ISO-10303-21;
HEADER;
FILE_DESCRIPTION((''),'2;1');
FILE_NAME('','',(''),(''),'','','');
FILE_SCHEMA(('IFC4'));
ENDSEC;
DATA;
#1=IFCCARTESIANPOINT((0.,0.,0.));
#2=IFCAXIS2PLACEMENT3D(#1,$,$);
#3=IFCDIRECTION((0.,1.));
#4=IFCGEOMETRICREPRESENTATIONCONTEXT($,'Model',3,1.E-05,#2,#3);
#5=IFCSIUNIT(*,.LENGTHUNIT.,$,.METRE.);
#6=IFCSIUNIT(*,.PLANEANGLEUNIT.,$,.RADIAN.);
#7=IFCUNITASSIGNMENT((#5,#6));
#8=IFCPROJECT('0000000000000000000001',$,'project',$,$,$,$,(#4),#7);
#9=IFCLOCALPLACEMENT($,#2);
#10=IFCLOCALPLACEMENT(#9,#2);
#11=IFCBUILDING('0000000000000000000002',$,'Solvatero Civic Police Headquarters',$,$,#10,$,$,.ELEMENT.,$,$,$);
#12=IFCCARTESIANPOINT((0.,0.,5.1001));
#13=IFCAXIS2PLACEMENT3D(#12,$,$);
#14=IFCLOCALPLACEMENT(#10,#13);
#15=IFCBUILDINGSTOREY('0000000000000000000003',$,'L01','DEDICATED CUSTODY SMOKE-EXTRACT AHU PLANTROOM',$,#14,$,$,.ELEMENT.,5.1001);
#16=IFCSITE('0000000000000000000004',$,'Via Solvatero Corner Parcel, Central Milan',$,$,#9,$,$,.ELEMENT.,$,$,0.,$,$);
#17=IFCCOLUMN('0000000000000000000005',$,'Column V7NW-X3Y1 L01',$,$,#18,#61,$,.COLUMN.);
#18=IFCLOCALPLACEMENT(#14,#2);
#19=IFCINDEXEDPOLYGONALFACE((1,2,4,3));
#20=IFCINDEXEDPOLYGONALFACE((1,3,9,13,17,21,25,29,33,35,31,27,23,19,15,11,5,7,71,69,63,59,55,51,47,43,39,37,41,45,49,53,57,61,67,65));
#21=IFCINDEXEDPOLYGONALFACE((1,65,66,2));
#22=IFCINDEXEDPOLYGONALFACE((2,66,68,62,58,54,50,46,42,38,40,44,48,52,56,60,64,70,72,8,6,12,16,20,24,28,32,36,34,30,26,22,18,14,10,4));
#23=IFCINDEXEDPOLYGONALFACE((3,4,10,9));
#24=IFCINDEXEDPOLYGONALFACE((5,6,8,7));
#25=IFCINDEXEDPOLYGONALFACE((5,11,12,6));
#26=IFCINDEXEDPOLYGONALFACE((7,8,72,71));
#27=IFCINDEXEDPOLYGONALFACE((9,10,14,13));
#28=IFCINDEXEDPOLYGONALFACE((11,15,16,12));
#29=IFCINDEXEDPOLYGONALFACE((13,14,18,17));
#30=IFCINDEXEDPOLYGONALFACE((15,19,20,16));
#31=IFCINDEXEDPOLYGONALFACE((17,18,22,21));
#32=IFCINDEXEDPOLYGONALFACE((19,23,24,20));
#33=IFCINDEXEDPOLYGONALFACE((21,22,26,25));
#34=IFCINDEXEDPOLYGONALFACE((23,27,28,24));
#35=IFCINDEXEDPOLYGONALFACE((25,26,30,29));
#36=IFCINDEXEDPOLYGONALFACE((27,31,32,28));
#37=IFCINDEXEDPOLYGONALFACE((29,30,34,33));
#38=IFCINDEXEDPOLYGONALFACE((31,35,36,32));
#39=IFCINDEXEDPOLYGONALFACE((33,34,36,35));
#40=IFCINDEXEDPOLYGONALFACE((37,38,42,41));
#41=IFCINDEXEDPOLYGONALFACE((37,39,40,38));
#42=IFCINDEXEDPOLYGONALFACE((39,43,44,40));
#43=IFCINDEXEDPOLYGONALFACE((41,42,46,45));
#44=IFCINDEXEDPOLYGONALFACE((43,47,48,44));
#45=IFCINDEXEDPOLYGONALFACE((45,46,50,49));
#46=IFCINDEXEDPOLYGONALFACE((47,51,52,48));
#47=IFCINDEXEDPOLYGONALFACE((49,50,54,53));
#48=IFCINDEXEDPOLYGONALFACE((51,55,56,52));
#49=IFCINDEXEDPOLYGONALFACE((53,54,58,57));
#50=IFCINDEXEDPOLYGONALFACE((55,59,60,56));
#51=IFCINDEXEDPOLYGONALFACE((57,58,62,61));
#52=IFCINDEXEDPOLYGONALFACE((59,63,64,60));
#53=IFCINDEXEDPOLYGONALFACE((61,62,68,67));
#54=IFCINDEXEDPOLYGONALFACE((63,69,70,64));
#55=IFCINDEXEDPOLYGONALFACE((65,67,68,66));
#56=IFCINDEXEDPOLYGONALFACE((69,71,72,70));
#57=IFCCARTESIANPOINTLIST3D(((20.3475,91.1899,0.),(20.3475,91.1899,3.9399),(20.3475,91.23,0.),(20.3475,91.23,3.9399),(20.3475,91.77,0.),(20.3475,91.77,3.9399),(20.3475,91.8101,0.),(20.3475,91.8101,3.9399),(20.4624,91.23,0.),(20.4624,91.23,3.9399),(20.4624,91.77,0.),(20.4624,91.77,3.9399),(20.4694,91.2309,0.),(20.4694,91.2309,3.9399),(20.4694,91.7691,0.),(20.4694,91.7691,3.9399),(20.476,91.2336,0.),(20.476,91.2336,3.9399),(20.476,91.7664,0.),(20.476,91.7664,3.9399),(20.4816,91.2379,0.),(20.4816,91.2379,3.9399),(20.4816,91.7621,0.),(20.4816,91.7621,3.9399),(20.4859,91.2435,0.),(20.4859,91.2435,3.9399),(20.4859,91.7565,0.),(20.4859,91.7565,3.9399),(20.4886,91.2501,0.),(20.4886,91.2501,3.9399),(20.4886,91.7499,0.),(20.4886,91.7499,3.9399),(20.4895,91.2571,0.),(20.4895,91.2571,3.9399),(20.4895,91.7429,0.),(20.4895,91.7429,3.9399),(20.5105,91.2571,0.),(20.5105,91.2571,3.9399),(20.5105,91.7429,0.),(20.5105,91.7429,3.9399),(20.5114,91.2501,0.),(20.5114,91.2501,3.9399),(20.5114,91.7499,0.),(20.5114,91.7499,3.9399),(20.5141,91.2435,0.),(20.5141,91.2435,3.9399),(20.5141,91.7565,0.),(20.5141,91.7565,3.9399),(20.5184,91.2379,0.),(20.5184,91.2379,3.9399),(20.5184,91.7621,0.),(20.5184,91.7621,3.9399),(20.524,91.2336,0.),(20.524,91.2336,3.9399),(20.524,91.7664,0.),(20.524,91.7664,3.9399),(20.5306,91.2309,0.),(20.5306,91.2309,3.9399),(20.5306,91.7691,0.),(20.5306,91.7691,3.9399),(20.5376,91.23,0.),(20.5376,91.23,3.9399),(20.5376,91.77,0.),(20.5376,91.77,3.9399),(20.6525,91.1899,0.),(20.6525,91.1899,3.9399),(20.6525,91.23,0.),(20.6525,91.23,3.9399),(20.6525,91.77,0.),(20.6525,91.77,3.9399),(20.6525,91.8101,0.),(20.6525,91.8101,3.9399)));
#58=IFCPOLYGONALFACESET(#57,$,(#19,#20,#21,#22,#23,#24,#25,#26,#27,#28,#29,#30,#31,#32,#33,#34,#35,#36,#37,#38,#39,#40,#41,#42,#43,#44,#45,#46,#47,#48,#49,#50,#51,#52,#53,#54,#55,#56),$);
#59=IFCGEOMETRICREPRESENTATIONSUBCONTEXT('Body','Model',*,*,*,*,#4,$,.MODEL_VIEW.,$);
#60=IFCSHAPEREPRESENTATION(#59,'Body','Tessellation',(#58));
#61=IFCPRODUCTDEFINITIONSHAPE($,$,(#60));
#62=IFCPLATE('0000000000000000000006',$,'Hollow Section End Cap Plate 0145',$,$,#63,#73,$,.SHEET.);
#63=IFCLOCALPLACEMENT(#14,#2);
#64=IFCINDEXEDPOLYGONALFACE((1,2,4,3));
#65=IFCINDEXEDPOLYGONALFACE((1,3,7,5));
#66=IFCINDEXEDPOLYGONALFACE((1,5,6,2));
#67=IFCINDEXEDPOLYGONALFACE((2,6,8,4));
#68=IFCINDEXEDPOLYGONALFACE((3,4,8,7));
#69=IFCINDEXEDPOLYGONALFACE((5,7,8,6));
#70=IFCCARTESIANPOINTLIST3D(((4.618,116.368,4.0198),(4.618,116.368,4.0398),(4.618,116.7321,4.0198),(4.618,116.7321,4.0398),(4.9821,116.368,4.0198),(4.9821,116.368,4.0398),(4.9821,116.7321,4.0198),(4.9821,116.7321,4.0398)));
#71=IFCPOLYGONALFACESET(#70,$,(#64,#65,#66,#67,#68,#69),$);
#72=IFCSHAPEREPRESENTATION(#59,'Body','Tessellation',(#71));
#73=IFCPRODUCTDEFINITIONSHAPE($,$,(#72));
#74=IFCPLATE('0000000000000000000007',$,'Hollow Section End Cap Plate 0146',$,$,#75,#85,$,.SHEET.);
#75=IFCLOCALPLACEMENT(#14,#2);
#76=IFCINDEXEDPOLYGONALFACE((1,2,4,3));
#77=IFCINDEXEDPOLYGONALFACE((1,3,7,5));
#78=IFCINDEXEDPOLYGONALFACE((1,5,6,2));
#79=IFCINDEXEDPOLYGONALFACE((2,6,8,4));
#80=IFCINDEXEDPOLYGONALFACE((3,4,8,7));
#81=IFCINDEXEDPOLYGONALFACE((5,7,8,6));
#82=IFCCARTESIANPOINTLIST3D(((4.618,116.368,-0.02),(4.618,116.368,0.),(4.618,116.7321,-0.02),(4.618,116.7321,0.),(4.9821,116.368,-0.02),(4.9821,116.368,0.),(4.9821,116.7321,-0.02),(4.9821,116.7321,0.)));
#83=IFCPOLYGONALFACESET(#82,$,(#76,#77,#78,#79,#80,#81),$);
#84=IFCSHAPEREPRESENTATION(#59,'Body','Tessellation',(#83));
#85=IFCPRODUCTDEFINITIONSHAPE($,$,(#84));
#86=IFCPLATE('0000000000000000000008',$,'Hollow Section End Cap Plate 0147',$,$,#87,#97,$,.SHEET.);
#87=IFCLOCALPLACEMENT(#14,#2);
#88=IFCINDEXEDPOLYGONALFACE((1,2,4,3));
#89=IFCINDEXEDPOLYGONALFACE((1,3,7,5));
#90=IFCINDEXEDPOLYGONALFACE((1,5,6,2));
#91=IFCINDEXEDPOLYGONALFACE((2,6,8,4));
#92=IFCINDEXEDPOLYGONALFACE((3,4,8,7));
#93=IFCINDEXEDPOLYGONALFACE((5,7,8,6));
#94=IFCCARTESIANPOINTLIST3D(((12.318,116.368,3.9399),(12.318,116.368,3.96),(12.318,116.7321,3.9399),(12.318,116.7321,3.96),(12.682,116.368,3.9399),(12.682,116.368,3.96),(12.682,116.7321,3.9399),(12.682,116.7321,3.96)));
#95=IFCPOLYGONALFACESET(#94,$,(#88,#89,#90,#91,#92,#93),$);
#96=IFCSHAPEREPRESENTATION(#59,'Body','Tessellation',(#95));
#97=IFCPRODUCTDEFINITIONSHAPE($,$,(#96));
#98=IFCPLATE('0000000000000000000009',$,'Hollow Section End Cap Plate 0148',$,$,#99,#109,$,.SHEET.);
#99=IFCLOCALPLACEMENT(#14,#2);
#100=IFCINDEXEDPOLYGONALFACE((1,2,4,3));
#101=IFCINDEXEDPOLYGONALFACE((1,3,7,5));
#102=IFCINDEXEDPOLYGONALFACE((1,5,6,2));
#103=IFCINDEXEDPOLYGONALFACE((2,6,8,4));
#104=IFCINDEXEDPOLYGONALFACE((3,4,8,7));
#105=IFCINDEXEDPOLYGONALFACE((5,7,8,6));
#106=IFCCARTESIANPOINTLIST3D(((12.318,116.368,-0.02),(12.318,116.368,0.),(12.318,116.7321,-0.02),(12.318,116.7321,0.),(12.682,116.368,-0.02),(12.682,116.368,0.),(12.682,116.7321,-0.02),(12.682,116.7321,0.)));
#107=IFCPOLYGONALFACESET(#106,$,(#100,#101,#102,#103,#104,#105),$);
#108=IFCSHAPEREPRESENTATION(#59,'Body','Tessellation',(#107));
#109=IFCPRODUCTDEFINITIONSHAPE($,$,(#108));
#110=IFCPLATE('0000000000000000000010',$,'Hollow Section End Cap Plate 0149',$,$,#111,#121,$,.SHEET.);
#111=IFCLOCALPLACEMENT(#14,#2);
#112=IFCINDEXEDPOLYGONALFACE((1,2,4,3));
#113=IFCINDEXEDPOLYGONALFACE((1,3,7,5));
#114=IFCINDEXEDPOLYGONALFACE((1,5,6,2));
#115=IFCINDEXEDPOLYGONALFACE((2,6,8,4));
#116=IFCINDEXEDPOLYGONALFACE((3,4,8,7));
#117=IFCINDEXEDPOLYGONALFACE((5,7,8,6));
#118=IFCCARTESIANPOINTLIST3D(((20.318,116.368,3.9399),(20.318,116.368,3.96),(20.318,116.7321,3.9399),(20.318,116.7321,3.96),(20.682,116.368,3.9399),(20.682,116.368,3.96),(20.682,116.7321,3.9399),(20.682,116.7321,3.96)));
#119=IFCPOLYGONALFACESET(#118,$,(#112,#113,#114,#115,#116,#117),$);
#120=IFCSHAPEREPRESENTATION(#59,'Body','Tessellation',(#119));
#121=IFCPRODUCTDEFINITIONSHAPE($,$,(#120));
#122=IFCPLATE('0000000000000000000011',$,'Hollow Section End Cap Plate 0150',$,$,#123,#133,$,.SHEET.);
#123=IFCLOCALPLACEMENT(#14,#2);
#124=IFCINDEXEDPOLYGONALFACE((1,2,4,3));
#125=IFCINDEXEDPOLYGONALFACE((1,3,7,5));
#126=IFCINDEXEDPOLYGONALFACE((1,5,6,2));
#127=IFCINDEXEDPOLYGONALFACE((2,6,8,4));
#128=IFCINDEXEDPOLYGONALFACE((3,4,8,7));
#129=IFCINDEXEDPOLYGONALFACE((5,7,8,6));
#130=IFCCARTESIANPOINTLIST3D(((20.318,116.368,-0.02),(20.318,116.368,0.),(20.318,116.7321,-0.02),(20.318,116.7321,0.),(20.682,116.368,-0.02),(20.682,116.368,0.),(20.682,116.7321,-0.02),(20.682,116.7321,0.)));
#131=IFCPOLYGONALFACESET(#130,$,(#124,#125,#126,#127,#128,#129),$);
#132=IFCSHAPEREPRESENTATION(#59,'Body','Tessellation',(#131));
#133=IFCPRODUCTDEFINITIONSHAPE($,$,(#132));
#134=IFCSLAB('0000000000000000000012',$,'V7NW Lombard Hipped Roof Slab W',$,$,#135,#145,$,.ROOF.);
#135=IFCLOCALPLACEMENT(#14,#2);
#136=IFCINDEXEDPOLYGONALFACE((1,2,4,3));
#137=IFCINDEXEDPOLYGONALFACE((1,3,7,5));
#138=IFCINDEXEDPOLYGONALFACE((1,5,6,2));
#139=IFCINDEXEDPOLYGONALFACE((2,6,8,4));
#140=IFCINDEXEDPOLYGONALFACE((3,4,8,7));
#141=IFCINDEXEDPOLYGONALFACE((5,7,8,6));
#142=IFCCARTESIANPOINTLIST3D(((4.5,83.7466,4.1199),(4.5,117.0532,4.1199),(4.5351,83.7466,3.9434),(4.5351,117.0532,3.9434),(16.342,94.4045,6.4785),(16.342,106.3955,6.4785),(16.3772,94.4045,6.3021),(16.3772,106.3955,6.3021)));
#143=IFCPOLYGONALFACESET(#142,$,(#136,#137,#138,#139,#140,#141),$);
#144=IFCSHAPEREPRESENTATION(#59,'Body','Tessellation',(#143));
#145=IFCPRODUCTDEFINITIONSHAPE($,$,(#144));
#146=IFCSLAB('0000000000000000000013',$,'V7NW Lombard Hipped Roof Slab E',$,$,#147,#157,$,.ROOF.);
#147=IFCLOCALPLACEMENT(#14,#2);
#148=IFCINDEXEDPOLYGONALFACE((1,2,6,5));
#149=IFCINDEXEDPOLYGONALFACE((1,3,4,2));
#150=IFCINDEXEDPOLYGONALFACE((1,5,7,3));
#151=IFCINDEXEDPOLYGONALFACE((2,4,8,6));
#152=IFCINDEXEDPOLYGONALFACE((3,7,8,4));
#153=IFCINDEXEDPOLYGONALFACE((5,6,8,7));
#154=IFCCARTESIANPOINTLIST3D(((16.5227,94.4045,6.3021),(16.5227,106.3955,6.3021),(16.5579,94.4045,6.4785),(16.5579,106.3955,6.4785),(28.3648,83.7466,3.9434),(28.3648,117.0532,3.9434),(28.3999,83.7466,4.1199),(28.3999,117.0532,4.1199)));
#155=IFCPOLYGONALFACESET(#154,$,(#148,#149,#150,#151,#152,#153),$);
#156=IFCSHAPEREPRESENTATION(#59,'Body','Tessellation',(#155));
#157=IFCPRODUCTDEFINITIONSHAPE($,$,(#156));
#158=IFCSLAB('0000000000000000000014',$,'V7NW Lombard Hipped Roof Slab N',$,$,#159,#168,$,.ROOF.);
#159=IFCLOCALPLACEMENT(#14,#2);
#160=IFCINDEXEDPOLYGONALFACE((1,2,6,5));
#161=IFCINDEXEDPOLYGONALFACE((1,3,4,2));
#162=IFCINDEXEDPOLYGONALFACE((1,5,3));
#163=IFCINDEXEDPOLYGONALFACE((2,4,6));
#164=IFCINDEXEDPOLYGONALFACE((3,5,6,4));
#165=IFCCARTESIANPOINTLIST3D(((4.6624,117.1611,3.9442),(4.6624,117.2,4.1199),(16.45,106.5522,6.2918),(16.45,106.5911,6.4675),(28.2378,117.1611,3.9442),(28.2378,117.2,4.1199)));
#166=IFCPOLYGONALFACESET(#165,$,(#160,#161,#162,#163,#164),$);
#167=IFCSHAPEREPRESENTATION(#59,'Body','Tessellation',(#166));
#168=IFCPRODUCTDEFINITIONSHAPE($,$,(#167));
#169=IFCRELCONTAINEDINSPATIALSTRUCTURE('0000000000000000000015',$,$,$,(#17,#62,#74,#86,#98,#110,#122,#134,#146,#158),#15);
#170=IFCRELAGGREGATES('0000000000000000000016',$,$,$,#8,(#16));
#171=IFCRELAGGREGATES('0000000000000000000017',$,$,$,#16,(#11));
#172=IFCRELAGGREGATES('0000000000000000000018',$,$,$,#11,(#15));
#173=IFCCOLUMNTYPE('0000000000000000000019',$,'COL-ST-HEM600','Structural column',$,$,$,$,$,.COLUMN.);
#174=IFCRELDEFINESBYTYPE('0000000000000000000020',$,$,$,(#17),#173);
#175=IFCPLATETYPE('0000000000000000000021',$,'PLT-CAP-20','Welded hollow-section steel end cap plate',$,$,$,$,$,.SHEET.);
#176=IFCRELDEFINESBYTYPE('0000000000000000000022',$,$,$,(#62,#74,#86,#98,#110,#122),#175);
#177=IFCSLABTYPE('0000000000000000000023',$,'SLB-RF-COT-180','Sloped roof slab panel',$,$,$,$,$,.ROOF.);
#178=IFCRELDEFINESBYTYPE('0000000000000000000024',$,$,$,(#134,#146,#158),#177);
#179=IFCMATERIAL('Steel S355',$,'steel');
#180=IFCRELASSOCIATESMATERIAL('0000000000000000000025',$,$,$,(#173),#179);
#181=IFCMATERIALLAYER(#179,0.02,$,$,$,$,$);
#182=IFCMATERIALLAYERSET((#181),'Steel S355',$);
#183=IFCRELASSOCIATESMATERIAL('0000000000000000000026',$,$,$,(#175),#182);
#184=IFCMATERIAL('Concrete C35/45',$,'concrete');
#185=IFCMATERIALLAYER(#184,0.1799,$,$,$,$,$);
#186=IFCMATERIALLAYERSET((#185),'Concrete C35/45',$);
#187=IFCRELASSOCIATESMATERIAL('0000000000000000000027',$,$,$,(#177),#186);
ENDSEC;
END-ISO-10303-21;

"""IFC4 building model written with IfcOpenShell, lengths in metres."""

from ifc_helpers import new_model, si_unit, direction, frame, origin, origin_2d, place, context, subcontext, project, spatial, polyline, rectangle, i_section, outline, extrude, material, layer, layer_set, material_profile, profile_set, type_object, element, save


model = new_model("IFC4")

# Units and contexts
model_context = context("Model", 3, precision=1e-05, world=origin(), true_north=direction((0.0, 1.0)))
body_context = subcontext(model_context, "Body", "Model", "MODEL_VIEW")
ifc_project = project(units=[si_unit("LENGTHUNIT", "METRE"), si_unit("PLANEANGLEUNIT", "RADIAN")], contexts=[model_context])

# Site, building, storey
site_placement = place(None, origin())
site = spatial("IfcSite", under=ifc_project, at=site_placement, Name="Via Solvatero Corner Parcel, Central Milan", CompositionType="ELEMENT", RefElevation=0.0)
building_placement = place(site_placement, origin())
building = spatial("IfcBuilding", under=site, at=building_placement, Name="Solvatero Civic Police Headquarters", CompositionType="ELEMENT")
storey_placement = place(building_placement, frame((0.0, 0.0, 5.1001)))
storey = spatial("IfcBuildingStorey", under=building, at=storey_placement, Name="L01", Description="DEDICATED CUSTODY SMOKE-EXTRACT AHU PLANTROOM", CompositionType="ELEMENT", Elevation=5.1001)

# Column
ifc_material_1 = material(Name="Steel S355", Category="steel")
ifc_material_profile_1 = material_profile(ifc_material_1, i_section(OverallWidth=0.3049, OverallDepth=0.6201, WebThickness=0.021, FlangeThickness=0.04, FilletRadius=0.0271, at=origin_2d()), Name="HEM 600")
ifc_profile_set_1 = profile_set([ifc_material_profile_1], Name="Steel S355")
column_type_1 = type_object("IfcColumnType", Name="COL-ST-HEM600", Description="Structural column", PredefinedType="COLUMN", material=ifc_profile_set_1)
for number, where, z_axis, x_axis, name in (
    (1, (20.5, 91.5, 0.0), (0.0, 0.0, 1.0), (1.0, 0.0, 0.0), "Column V7NW-X3Y1 L01"),
):
    element("IfcColumn", number, at=place(storey_placement, frame(where, z_axis=z_axis, x_axis=x_axis)), inside=storey, type_object=column_type_1, Name=name, PredefinedType="COLUMN", context=body_context, shape_type="SweptSolid", body=[
        extrude(i_section(OverallWidth=0.3049, OverallDepth=0.6201, WebThickness=0.021, FlangeThickness=0.04, FilletRadius=0.0271, at=origin_2d()), origin(), (0.0, 0.0, 1.0), 3.9399),
    ])

# Plates
ifc_layer_1 = layer(ifc_material_1, 0.02)
ifc_layer_set_1 = layer_set([ifc_layer_1], Name="Steel S355")
plate_type = type_object("IfcPlateType", Name="PLT-CAP-20", Description="Welded hollow-section steel end cap plate", PredefinedType="SHEET", material=ifc_layer_set_1)
for number, where, z_axis, x_axis, name in (
    (2, (4.8, 116.55, 4.0198), (0.0, 0.0, 1.0), (1.0, 0.0, 0.0), "Hollow Section End Cap Plate 0145"),
    (3, (4.8, 116.55, -0.02), (0.0, 0.0, 1.0), (1.0, 0.0, 0.0), "Hollow Section End Cap Plate 0146"),
    (4, (12.5, 116.55, 3.9399), (0.0, 0.0, 1.0), (1.0, 0.0, 0.0), "Hollow Section End Cap Plate 0147"),
    (5, (12.5, 116.55, -0.02), (0.0, 0.0, 1.0), (1.0, 0.0, 0.0), "Hollow Section End Cap Plate 0148"),
    (6, (20.5, 116.55, 3.9399), (0.0, 0.0, 1.0), (1.0, 0.0, 0.0), "Hollow Section End Cap Plate 0149"),
    (7, (20.5, 116.55, -0.02), (0.0, 0.0, 1.0), (1.0, 0.0, 0.0), "Hollow Section End Cap Plate 0150"),
):
    element("IfcPlate", number, at=place(storey_placement, frame(where, z_axis=z_axis, x_axis=x_axis)), inside=storey, type_object=plate_type, Name=name, PredefinedType="SHEET", context=body_context, shape_type="SweptSolid", body=[
        extrude(rectangle(XDim=0.364, YDim=0.364, at=origin_2d()), origin(), (0.0, 0.0, 1.0), 0.02),
    ])

# Slabs
ifc_material_2 = material(Name="Concrete C35/45", Category="concrete")
ifc_layer_2 = layer(ifc_material_2, 0.1799)
ifc_layer_set_2 = layer_set([ifc_layer_2], Name="Concrete C35/45")
slab_type = type_object("IfcSlabType", Name="SLB-RF-COT-180", Description="Sloped roof slab panel", PredefinedType="ROOF", material=ifc_layer_set_2)
slab_1_placement = place(storey_placement, frame((16.342, 94.4045, 6.4785), z_axis=(-0.195338, 0.0, 0.980736), x_axis=(-0.735276, -0.661756, -0.146449)))
element("IfcSlab", 8, at=slab_1_placement, inside=storey, type_object=slab_type, Name="V7NW Lombard Hipped Roof Slab W", PredefinedType="ROOF", context=body_context, shape_type="SweptSolid", body=[
    extrude(outline(polyline([(0.0, 0.0), (16.1056, 0.0), (-5.9353, -24.9706), (-7.9351, -8.9899), (0.0, 0.0)])), origin(), (0.0, 0.0, -1.0), 0.1799),
])
slab_2_placement = place(storey_placement, frame((16.5579, 106.3955, 6.4785), z_axis=(0.195338, 0.0, 0.980736), x_axis=(0.735284, 0.661748, -0.14645)))
element("IfcSlab", 9, at=slab_2_placement, inside=storey, type_object=slab_type, Name="V7NW Lombard Hipped Roof Slab E", PredefinedType="ROOF", context=body_context, shape_type="SweptSolid", body=[
    extrude(outline(polyline([(0.0, 0.0), (16.1054, 0.0), (-5.9352, -24.9709), (-7.935, -8.9899), (0.0, 0.0)])), origin(), (0.0, 0.0, -1.0), 0.1799),
])
slab_3_placement = place(storey_placement, frame((4.6624, 117.2, 4.1199), z_axis=(0.0, 0.216064, 0.976379), x_axis=(1.0, 0.0, 0.0)))
element("IfcSlab", 10, at=slab_3_placement, inside=storey, type_object=slab_type, Name="V7NW Lombard Hipped Roof Slab N", PredefinedType="ROOF", context=body_context, shape_type="SweptSolid", body=[
    extrude(outline(polyline([(0.0, 0.0), (23.5754, 0.0), (11.7876, -10.8655), (0.0, 0.0)])), origin(), (0.0, 0.0, -1.0), 0.1799),
])

save(model, "model.ifc")
